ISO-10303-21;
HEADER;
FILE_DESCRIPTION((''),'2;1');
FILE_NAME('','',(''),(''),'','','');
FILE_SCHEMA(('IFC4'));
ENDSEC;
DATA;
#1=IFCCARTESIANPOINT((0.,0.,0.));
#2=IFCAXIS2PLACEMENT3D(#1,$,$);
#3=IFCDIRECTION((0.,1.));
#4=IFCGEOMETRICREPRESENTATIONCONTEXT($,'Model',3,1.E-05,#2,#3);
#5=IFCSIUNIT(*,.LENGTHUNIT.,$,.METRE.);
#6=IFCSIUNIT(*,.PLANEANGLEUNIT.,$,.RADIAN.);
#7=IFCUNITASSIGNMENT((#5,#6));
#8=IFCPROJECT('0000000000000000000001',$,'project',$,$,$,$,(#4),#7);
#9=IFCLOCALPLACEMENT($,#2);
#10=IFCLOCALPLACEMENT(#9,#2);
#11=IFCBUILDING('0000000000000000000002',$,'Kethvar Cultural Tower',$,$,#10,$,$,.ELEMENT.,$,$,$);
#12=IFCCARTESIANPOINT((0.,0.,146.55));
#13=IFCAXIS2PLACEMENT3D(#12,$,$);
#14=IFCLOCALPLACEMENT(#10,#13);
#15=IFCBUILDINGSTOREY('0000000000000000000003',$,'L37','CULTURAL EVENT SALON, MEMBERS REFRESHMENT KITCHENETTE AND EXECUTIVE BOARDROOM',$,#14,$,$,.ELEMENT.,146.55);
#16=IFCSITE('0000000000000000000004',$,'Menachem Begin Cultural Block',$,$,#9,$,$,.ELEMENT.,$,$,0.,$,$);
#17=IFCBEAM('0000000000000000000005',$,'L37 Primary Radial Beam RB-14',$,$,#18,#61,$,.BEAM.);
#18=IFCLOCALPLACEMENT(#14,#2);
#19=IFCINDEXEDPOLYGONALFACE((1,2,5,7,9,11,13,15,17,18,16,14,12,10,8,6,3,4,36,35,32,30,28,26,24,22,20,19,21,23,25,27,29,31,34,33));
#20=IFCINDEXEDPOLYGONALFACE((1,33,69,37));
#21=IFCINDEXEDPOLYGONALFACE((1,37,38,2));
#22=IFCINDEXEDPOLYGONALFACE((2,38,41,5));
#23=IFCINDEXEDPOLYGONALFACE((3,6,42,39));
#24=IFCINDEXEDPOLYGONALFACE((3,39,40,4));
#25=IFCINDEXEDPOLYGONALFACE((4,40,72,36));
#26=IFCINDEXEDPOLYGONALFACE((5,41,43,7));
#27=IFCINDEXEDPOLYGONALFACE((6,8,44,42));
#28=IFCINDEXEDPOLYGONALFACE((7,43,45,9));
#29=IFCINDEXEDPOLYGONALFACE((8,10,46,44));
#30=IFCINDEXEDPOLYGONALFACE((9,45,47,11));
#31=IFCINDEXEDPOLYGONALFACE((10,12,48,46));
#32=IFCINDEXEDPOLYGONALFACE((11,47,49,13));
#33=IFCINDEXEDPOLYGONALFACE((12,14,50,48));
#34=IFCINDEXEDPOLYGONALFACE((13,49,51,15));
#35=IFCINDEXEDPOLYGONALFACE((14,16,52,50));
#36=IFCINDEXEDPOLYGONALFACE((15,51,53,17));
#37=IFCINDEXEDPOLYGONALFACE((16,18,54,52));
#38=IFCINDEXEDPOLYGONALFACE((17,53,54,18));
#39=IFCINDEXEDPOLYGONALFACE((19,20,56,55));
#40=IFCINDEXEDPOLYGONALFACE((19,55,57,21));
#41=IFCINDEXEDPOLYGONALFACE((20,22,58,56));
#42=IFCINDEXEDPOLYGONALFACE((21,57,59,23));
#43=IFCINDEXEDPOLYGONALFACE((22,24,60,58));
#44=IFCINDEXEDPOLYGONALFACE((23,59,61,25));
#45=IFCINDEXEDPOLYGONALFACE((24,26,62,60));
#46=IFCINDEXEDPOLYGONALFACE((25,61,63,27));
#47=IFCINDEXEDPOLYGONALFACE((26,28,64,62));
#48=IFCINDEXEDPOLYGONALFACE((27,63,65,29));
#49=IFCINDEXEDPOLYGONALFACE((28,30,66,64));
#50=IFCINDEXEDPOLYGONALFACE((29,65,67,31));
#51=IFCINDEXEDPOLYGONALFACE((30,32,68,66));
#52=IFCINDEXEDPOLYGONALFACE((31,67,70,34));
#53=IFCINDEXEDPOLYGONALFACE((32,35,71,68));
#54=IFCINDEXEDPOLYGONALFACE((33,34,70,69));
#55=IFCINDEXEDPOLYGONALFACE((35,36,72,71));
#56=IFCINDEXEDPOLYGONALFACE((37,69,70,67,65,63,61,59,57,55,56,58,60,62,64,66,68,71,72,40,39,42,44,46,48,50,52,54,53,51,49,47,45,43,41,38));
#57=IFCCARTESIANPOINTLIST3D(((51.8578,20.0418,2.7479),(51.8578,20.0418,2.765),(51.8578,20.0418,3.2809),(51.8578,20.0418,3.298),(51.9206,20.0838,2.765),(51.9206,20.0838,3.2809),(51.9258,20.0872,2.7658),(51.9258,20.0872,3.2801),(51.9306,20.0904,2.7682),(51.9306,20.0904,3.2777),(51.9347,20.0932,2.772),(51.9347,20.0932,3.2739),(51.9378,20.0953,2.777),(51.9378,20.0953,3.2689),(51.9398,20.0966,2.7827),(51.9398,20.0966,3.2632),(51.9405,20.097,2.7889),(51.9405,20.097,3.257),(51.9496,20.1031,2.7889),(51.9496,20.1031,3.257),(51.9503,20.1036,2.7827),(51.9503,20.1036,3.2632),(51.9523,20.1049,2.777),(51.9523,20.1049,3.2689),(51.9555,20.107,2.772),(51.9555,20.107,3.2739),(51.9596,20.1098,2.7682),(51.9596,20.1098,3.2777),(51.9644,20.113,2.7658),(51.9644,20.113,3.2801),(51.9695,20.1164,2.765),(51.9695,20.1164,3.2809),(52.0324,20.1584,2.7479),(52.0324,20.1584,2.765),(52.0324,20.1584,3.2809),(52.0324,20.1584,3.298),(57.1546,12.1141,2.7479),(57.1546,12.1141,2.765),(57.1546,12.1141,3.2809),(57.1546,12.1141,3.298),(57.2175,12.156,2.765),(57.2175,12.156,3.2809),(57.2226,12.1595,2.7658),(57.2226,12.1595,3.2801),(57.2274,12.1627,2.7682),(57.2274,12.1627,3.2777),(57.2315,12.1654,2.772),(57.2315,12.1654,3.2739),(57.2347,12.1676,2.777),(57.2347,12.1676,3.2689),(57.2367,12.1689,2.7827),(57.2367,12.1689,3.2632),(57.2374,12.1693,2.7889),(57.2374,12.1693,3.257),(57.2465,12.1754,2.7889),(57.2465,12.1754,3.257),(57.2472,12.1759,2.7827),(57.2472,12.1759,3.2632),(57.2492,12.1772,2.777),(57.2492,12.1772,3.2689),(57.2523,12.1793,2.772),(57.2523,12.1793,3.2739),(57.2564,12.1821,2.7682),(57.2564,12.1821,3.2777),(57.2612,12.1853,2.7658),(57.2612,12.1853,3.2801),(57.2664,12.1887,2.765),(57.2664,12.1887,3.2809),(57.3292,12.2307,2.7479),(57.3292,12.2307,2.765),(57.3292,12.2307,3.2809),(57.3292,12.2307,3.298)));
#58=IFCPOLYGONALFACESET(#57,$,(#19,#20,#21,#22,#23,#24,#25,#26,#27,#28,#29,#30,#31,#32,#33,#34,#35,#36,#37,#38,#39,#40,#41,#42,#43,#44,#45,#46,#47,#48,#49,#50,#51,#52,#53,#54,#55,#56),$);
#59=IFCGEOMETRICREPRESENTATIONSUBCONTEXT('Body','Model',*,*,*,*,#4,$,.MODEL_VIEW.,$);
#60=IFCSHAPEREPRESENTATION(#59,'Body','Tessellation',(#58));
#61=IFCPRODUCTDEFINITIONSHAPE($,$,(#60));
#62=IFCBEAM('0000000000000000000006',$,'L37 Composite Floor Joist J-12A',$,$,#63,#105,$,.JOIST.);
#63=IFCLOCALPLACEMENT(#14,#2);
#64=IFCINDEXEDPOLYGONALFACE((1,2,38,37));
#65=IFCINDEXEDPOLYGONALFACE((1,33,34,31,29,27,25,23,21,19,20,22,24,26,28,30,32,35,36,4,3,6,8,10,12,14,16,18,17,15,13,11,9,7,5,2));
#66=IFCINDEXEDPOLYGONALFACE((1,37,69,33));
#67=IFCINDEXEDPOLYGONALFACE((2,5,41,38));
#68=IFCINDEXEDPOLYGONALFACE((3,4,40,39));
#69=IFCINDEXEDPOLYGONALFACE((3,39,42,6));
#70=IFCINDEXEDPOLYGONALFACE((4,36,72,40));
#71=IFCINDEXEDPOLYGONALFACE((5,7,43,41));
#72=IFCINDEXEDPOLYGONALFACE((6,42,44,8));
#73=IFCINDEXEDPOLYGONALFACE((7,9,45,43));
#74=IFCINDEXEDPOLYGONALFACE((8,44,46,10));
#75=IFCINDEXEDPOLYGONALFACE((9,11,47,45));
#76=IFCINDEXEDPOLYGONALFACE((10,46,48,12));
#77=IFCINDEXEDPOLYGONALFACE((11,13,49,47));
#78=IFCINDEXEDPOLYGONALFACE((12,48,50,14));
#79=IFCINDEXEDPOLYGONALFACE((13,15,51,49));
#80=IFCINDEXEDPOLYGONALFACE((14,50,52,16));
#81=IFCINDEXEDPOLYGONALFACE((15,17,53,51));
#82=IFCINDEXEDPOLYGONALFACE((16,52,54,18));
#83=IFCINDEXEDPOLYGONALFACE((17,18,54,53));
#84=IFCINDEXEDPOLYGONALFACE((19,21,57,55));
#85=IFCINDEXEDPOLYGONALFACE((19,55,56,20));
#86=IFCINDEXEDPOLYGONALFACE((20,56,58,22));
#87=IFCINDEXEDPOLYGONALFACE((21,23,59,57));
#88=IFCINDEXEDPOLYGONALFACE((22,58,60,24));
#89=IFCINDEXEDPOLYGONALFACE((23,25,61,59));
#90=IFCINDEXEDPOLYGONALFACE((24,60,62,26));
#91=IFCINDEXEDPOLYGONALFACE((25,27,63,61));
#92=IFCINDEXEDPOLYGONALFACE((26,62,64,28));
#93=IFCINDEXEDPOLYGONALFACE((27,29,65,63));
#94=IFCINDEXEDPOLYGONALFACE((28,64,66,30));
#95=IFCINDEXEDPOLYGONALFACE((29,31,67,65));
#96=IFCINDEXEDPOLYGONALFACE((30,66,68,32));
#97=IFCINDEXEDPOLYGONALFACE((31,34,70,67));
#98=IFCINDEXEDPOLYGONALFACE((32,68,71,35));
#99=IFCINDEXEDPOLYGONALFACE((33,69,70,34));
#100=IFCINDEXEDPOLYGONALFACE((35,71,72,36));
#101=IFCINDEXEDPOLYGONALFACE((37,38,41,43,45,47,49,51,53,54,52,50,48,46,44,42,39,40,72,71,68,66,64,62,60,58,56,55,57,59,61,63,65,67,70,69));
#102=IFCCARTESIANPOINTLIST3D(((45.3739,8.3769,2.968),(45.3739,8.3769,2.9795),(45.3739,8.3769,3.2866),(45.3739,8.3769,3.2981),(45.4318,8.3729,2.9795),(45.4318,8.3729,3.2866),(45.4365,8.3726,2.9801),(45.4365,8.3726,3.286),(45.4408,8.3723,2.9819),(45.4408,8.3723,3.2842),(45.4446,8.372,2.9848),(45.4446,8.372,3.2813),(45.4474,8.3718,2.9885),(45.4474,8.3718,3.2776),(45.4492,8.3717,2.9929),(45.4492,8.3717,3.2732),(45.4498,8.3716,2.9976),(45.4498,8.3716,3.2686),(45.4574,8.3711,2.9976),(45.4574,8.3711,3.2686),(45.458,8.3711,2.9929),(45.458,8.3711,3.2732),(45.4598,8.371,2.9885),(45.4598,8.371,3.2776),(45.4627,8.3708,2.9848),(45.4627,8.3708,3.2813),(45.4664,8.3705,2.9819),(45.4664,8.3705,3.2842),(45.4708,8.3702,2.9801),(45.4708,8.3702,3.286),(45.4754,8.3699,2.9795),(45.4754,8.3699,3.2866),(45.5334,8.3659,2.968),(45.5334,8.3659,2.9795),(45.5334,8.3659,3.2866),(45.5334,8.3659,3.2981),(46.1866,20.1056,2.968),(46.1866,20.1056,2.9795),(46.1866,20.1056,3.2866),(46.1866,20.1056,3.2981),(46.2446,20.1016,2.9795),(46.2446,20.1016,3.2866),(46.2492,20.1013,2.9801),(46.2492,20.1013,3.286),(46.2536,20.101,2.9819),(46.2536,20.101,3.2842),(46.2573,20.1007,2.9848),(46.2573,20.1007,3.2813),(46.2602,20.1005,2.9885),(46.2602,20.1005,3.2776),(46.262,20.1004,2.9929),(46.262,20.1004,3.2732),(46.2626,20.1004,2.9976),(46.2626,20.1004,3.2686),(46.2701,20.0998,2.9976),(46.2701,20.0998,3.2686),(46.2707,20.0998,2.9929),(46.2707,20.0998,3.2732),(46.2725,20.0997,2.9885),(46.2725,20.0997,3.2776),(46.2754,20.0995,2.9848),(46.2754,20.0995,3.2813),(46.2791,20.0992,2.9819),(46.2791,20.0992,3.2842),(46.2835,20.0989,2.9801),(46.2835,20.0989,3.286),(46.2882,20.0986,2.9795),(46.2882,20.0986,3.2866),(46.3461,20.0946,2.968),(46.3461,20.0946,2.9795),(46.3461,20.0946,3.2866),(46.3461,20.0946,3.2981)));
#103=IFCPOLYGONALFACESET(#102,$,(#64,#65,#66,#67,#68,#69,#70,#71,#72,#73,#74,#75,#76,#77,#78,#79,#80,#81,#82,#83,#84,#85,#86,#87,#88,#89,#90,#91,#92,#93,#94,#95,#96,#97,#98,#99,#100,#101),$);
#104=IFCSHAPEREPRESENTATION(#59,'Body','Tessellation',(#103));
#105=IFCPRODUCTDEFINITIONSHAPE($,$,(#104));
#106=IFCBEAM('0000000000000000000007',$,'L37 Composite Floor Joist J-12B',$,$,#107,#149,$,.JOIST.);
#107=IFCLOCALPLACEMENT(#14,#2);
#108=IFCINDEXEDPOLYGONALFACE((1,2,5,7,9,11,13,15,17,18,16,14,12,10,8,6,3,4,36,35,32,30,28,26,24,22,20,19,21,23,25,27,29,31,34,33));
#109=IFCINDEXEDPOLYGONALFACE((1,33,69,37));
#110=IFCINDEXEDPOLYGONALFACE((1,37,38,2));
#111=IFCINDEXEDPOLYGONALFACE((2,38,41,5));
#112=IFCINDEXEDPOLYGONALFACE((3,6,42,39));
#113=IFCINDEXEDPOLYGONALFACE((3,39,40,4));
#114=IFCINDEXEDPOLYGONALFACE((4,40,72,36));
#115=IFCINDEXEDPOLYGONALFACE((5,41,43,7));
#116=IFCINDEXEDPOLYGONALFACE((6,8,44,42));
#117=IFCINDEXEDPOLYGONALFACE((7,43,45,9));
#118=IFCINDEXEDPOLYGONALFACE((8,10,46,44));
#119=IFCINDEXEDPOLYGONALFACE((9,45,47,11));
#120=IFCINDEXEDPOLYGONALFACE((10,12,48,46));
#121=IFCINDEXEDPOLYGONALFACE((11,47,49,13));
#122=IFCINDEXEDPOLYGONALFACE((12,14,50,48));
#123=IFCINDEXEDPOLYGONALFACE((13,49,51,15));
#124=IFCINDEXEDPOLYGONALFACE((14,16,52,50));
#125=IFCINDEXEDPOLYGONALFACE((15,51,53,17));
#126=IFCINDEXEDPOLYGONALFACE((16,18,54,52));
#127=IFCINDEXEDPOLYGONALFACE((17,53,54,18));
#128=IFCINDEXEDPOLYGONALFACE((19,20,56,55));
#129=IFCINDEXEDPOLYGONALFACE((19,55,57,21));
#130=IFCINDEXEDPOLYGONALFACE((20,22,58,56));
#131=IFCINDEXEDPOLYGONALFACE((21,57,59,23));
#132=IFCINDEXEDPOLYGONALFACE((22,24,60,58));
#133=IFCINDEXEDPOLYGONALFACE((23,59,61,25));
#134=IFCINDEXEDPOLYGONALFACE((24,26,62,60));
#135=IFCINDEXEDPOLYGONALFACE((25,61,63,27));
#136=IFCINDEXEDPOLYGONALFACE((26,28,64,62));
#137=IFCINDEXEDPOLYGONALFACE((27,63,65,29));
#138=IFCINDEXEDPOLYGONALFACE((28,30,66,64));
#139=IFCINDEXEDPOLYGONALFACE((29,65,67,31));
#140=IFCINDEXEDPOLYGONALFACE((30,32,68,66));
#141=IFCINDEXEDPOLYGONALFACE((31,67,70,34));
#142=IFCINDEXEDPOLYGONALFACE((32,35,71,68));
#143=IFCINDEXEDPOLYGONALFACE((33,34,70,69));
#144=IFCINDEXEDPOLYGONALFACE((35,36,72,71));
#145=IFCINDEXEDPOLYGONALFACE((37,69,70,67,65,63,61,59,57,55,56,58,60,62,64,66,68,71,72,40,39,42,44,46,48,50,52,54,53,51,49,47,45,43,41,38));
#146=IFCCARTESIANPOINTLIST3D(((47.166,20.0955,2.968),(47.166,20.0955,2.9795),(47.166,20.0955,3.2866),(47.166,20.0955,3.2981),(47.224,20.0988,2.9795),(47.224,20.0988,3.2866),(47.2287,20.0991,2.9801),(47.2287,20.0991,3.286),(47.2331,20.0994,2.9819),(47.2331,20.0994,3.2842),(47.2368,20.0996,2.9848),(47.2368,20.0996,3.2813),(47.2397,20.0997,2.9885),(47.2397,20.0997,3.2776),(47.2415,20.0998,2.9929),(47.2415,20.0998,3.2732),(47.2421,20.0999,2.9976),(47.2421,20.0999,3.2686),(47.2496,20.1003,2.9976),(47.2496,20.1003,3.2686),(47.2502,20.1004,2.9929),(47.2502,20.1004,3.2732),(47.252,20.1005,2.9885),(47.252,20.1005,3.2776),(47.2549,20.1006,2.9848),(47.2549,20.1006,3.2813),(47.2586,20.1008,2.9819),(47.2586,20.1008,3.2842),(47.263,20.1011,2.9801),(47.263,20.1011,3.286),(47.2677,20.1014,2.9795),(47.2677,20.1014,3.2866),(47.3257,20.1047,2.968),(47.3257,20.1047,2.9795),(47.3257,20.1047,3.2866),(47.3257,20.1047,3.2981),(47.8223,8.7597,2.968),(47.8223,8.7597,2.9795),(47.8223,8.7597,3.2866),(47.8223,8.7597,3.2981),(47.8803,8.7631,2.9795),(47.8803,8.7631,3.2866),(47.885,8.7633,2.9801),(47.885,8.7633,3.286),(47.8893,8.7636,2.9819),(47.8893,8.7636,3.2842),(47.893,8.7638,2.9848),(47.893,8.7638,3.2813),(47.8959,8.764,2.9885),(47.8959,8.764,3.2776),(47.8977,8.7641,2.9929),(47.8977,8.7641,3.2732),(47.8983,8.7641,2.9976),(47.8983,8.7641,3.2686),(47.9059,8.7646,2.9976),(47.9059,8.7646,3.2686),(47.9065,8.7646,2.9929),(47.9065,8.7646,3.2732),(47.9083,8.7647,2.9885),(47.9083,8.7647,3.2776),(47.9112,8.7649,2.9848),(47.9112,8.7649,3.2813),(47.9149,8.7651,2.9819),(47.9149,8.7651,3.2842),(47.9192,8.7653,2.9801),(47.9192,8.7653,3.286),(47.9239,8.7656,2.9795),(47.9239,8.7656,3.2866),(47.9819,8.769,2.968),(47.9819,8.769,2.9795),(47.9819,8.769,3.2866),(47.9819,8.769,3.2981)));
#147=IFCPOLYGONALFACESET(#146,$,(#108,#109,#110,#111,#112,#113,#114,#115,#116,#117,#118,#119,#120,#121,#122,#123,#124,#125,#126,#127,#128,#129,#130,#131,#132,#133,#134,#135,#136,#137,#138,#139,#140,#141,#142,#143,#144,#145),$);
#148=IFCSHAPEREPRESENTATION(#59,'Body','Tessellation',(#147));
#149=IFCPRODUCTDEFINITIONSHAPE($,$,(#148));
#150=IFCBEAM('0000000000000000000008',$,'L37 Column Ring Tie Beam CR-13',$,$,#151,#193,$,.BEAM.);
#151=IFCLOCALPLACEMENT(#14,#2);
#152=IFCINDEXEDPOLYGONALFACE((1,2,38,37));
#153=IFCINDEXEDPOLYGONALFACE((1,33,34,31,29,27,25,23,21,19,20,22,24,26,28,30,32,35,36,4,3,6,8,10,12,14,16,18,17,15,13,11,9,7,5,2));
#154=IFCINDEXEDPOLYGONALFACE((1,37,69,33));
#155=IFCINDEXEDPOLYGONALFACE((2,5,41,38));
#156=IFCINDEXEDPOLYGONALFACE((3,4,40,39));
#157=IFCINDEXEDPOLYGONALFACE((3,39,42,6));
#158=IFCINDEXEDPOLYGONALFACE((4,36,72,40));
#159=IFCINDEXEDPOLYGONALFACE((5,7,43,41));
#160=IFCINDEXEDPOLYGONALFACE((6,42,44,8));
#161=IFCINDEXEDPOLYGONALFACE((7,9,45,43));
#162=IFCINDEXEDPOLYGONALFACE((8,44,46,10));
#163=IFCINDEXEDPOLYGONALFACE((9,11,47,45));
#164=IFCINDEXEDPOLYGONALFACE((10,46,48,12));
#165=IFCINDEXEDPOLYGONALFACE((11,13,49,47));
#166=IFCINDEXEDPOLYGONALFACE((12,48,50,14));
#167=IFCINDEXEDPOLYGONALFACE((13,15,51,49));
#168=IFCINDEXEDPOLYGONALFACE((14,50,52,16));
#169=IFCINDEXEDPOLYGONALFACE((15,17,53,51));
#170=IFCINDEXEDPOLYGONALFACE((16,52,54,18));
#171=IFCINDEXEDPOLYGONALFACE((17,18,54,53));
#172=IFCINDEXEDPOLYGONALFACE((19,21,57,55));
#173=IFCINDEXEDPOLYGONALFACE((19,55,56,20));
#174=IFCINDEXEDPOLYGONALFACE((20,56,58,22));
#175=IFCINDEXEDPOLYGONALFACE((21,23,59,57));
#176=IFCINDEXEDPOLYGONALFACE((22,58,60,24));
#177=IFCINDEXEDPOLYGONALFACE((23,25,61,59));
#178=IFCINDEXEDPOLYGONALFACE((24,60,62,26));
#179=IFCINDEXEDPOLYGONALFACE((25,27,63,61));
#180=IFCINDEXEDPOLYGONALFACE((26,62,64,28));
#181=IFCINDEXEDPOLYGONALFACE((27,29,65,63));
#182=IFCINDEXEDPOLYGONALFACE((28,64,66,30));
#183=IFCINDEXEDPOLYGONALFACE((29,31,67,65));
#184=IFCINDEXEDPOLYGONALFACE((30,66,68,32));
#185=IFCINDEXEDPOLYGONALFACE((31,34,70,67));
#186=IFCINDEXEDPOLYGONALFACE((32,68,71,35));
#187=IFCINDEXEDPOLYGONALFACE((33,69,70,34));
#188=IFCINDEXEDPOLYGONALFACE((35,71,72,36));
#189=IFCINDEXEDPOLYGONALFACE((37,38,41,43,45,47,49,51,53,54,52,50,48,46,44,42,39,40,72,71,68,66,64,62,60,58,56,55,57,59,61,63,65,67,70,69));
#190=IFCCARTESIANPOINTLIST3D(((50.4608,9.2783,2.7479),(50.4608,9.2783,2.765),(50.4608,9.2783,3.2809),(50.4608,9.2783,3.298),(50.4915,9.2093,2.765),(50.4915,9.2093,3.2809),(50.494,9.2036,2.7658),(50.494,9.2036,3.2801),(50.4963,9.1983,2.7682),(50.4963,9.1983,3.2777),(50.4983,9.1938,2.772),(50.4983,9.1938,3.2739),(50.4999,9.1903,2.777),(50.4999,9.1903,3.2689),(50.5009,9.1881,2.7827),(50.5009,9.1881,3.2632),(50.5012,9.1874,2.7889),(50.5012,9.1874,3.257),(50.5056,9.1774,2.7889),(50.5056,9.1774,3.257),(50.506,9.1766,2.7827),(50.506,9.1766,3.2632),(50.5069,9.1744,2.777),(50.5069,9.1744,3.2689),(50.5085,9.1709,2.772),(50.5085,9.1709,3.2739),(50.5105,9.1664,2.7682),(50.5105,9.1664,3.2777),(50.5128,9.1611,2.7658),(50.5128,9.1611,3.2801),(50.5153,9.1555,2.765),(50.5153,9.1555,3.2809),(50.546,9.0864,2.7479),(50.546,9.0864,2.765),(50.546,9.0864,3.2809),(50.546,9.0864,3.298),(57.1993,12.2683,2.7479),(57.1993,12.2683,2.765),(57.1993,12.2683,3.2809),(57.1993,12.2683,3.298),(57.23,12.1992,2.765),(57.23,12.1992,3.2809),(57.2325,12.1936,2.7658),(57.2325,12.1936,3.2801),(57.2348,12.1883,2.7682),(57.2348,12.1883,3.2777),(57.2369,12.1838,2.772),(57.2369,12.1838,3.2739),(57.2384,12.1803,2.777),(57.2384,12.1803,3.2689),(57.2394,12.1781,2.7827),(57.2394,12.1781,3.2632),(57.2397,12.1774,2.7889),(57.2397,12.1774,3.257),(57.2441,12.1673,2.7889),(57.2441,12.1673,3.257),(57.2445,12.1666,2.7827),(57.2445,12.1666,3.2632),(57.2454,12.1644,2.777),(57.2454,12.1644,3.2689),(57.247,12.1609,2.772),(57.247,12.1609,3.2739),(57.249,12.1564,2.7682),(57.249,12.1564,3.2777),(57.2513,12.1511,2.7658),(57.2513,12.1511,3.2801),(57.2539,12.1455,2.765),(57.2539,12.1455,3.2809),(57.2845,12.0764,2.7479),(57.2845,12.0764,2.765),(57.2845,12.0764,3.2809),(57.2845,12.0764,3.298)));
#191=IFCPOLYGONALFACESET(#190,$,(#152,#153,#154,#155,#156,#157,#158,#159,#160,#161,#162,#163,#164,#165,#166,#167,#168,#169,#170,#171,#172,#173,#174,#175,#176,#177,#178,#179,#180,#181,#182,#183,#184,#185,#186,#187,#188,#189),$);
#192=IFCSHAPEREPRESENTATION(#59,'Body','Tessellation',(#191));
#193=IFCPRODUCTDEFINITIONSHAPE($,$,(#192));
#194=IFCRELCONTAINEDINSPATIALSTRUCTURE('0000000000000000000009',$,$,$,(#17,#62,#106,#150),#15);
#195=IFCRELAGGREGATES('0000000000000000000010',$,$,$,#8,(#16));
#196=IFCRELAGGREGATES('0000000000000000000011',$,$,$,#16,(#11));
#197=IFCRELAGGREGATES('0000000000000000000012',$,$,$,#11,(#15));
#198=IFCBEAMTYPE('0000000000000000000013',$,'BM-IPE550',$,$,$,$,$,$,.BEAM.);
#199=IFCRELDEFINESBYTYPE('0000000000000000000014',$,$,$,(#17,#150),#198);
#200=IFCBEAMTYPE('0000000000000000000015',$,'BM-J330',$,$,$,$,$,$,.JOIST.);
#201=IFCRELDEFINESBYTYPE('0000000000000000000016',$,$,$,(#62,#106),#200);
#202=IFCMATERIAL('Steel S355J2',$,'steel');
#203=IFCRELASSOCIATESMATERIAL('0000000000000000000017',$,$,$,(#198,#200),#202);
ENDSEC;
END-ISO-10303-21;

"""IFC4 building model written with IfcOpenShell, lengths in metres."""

from ifc_helpers import new_model, si_unit, direction, frame, origin, origin_2d, place, context, subcontext, project, spatial, i_section, extrude, source, transform, mapped, material, material_profile, profile_set, type_object, element, save


model = new_model("IFC4")

# Units and contexts
model_context = context("Model", 3, precision=1e-05, world=origin(), true_north=direction((0.0, 1.0)))
body_context = subcontext(model_context, "Body", "Model", "MODEL_VIEW")
ifc_project = project(units=[si_unit("LENGTHUNIT", "METRE"), si_unit("PLANEANGLEUNIT", "RADIAN")], contexts=[model_context])

# Site, building, storey
site_placement = place(None, origin())
site = spatial("IfcSite", under=ifc_project, at=site_placement, Name="Menachem Begin Cultural Block", CompositionType="ELEMENT", RefElevation=0.0)
building_placement = place(site_placement, origin())
building = spatial("IfcBuilding", under=site, at=building_placement, Name="Kethvar Cultural Tower", CompositionType="ELEMENT")
storey_placement = place(building_placement, frame((0.0, 0.0, 146.55)))
storey = spatial("IfcBuildingStorey", under=building, at=storey_placement, Name="L37", Description="CULTURAL EVENT SALON, MEMBERS REFRESHMENT KITCHENETTE AND EXECUTIVE BOARDROOM", CompositionType="ELEMENT", Elevation=146.55)

# Beams
ifc_material_1 = material(Name="Steel S355J2", Category="steel")
ifc_material_profile_1 = material_profile(ifc_material_1, i_section(OverallWidth=0.21, OverallDepth=0.55, WebThickness=0.011, FlangeThickness=0.0171, FilletRadius=0.0239, at=origin_2d()), Name="Steel S355J2 — IPE550")
ifc_profile_set_1 = profile_set([ifc_material_profile_1], Name="Steel S355J2 — IPE550")
beam_type_1 = type_object("IfcBeamType", Name="BM-IPE550", PredefinedType="BEAM", material=ifc_profile_set_1)
shared_shape_1 = source(origin(), body_context, "Body", "SweptSolid", [
    extrude(i_section(OverallWidth=0.21, OverallDepth=0.55, WebThickness=0.011, FlangeThickness=0.0171, FilletRadius=0.0239, at=origin_2d()), origin(), (0.0, 0.0, 1.0), 9.5344),
])
beam_1_placement = place(storey_placement, frame((51.9451, 20.1001, 3.0229), z_axis=(0.555551, -0.831483, 0.0), x_axis=(0.831483, 0.555551, 0.0)))
element("IfcBeam", 1, at=beam_1_placement, inside=storey, type_object=beam_type_1, Name="L37 Primary Radial Beam RB-14", PredefinedType="BEAM", context=body_context, shape_type="MappedRepresentation", body=[
    mapped(shared_shape_1, transform((0.0, 0.0, 0.0), scale=1.0)),
])
ifc_material_profile_2 = material_profile(ifc_material_1, i_section(OverallWidth=0.1599, OverallDepth=0.3301, WebThickness=0.0076, FlangeThickness=0.0115, FilletRadius=0.0181, at=origin_2d()), Name="Steel S355J2 — IPE330")
ifc_profile_set_2 = profile_set([ifc_material_profile_2], Name="Steel S355J2 — IPE330")
beam_type_2 = type_object("IfcBeamType", Name="BM-J330", PredefinedType="JOIST", material=ifc_profile_set_2)
shared_shape_2 = source(origin(), body_context, "Body", "SweptSolid", [
    extrude(i_section(OverallWidth=0.1599, OverallDepth=0.3301, WebThickness=0.0076, FlangeThickness=0.0115, FilletRadius=0.0181, at=origin_2d()), origin(), (0.0, 0.0, 1.0), 11.7568),
])
beam_2_placement = place(storey_placement, frame((46.2664, 20.1001, 3.1331), z_axis=(-0.069129, -0.997608, 0.0), x_axis=(0.997608, -0.069129, 0.0)))
element("IfcBeam", 2, at=beam_2_placement, inside=storey, type_object=beam_type_2, Name="L37 Composite Floor Joist J-12A", PredefinedType="JOIST", context=body_context, shape_type="MappedRepresentation", body=[
    mapped(shared_shape_2, transform((0.0, 0.0, 0.0), scale=1.0)),
])
shared_shape_3 = source(origin(), body_context, "Body", "SweptSolid", [
    extrude(i_section(OverallWidth=0.1599, OverallDepth=0.3301, WebThickness=0.0076, FlangeThickness=0.0115, FilletRadius=0.0181, at=origin_2d()), origin(), (0.0, 0.0, 1.0), 11.3547),
])
beam_3_placement = place(storey_placement, frame((47.2458, 20.1001, 3.1331), z_axis=(0.057796, -0.998328, 0.0), x_axis=(0.998328, 0.057796, 0.0)))
element("IfcBeam", 3, at=beam_3_placement, inside=storey, type_object=beam_type_2, Name="L37 Composite Floor Joist J-12B", PredefinedType="JOIST", context=body_context, shape_type="MappedRepresentation", body=[
    mapped(shared_shape_3, transform((0.0, 0.0, 0.0), scale=1.0)),
])
shared_shape_4 = source(origin(), body_context, "Body", "SweptSolid", [
    extrude(i_section(OverallWidth=0.21, OverallDepth=0.55, WebThickness=0.011, FlangeThickness=0.0171, FilletRadius=0.0239, at=origin_2d()), origin(), (0.0, 0.0, 1.0), 7.3721),
])
beam_4_placement = place(storey_placement, frame((50.5034, 9.1824, 3.0229), z_axis=(0.914059, 0.405582, 0.0), x_axis=(-0.405582, 0.914059, 0.0)))
element("IfcBeam", 4, at=beam_4_placement, inside=storey, type_object=beam_type_1, Name="L37 Column Ring Tie Beam CR-13", PredefinedType="BEAM", context=body_context, shape_type="MappedRepresentation", body=[
    mapped(shared_shape_4, transform((0.0, 0.0, 0.0), scale=1.0)),
])

save(model, "model.ifc")
